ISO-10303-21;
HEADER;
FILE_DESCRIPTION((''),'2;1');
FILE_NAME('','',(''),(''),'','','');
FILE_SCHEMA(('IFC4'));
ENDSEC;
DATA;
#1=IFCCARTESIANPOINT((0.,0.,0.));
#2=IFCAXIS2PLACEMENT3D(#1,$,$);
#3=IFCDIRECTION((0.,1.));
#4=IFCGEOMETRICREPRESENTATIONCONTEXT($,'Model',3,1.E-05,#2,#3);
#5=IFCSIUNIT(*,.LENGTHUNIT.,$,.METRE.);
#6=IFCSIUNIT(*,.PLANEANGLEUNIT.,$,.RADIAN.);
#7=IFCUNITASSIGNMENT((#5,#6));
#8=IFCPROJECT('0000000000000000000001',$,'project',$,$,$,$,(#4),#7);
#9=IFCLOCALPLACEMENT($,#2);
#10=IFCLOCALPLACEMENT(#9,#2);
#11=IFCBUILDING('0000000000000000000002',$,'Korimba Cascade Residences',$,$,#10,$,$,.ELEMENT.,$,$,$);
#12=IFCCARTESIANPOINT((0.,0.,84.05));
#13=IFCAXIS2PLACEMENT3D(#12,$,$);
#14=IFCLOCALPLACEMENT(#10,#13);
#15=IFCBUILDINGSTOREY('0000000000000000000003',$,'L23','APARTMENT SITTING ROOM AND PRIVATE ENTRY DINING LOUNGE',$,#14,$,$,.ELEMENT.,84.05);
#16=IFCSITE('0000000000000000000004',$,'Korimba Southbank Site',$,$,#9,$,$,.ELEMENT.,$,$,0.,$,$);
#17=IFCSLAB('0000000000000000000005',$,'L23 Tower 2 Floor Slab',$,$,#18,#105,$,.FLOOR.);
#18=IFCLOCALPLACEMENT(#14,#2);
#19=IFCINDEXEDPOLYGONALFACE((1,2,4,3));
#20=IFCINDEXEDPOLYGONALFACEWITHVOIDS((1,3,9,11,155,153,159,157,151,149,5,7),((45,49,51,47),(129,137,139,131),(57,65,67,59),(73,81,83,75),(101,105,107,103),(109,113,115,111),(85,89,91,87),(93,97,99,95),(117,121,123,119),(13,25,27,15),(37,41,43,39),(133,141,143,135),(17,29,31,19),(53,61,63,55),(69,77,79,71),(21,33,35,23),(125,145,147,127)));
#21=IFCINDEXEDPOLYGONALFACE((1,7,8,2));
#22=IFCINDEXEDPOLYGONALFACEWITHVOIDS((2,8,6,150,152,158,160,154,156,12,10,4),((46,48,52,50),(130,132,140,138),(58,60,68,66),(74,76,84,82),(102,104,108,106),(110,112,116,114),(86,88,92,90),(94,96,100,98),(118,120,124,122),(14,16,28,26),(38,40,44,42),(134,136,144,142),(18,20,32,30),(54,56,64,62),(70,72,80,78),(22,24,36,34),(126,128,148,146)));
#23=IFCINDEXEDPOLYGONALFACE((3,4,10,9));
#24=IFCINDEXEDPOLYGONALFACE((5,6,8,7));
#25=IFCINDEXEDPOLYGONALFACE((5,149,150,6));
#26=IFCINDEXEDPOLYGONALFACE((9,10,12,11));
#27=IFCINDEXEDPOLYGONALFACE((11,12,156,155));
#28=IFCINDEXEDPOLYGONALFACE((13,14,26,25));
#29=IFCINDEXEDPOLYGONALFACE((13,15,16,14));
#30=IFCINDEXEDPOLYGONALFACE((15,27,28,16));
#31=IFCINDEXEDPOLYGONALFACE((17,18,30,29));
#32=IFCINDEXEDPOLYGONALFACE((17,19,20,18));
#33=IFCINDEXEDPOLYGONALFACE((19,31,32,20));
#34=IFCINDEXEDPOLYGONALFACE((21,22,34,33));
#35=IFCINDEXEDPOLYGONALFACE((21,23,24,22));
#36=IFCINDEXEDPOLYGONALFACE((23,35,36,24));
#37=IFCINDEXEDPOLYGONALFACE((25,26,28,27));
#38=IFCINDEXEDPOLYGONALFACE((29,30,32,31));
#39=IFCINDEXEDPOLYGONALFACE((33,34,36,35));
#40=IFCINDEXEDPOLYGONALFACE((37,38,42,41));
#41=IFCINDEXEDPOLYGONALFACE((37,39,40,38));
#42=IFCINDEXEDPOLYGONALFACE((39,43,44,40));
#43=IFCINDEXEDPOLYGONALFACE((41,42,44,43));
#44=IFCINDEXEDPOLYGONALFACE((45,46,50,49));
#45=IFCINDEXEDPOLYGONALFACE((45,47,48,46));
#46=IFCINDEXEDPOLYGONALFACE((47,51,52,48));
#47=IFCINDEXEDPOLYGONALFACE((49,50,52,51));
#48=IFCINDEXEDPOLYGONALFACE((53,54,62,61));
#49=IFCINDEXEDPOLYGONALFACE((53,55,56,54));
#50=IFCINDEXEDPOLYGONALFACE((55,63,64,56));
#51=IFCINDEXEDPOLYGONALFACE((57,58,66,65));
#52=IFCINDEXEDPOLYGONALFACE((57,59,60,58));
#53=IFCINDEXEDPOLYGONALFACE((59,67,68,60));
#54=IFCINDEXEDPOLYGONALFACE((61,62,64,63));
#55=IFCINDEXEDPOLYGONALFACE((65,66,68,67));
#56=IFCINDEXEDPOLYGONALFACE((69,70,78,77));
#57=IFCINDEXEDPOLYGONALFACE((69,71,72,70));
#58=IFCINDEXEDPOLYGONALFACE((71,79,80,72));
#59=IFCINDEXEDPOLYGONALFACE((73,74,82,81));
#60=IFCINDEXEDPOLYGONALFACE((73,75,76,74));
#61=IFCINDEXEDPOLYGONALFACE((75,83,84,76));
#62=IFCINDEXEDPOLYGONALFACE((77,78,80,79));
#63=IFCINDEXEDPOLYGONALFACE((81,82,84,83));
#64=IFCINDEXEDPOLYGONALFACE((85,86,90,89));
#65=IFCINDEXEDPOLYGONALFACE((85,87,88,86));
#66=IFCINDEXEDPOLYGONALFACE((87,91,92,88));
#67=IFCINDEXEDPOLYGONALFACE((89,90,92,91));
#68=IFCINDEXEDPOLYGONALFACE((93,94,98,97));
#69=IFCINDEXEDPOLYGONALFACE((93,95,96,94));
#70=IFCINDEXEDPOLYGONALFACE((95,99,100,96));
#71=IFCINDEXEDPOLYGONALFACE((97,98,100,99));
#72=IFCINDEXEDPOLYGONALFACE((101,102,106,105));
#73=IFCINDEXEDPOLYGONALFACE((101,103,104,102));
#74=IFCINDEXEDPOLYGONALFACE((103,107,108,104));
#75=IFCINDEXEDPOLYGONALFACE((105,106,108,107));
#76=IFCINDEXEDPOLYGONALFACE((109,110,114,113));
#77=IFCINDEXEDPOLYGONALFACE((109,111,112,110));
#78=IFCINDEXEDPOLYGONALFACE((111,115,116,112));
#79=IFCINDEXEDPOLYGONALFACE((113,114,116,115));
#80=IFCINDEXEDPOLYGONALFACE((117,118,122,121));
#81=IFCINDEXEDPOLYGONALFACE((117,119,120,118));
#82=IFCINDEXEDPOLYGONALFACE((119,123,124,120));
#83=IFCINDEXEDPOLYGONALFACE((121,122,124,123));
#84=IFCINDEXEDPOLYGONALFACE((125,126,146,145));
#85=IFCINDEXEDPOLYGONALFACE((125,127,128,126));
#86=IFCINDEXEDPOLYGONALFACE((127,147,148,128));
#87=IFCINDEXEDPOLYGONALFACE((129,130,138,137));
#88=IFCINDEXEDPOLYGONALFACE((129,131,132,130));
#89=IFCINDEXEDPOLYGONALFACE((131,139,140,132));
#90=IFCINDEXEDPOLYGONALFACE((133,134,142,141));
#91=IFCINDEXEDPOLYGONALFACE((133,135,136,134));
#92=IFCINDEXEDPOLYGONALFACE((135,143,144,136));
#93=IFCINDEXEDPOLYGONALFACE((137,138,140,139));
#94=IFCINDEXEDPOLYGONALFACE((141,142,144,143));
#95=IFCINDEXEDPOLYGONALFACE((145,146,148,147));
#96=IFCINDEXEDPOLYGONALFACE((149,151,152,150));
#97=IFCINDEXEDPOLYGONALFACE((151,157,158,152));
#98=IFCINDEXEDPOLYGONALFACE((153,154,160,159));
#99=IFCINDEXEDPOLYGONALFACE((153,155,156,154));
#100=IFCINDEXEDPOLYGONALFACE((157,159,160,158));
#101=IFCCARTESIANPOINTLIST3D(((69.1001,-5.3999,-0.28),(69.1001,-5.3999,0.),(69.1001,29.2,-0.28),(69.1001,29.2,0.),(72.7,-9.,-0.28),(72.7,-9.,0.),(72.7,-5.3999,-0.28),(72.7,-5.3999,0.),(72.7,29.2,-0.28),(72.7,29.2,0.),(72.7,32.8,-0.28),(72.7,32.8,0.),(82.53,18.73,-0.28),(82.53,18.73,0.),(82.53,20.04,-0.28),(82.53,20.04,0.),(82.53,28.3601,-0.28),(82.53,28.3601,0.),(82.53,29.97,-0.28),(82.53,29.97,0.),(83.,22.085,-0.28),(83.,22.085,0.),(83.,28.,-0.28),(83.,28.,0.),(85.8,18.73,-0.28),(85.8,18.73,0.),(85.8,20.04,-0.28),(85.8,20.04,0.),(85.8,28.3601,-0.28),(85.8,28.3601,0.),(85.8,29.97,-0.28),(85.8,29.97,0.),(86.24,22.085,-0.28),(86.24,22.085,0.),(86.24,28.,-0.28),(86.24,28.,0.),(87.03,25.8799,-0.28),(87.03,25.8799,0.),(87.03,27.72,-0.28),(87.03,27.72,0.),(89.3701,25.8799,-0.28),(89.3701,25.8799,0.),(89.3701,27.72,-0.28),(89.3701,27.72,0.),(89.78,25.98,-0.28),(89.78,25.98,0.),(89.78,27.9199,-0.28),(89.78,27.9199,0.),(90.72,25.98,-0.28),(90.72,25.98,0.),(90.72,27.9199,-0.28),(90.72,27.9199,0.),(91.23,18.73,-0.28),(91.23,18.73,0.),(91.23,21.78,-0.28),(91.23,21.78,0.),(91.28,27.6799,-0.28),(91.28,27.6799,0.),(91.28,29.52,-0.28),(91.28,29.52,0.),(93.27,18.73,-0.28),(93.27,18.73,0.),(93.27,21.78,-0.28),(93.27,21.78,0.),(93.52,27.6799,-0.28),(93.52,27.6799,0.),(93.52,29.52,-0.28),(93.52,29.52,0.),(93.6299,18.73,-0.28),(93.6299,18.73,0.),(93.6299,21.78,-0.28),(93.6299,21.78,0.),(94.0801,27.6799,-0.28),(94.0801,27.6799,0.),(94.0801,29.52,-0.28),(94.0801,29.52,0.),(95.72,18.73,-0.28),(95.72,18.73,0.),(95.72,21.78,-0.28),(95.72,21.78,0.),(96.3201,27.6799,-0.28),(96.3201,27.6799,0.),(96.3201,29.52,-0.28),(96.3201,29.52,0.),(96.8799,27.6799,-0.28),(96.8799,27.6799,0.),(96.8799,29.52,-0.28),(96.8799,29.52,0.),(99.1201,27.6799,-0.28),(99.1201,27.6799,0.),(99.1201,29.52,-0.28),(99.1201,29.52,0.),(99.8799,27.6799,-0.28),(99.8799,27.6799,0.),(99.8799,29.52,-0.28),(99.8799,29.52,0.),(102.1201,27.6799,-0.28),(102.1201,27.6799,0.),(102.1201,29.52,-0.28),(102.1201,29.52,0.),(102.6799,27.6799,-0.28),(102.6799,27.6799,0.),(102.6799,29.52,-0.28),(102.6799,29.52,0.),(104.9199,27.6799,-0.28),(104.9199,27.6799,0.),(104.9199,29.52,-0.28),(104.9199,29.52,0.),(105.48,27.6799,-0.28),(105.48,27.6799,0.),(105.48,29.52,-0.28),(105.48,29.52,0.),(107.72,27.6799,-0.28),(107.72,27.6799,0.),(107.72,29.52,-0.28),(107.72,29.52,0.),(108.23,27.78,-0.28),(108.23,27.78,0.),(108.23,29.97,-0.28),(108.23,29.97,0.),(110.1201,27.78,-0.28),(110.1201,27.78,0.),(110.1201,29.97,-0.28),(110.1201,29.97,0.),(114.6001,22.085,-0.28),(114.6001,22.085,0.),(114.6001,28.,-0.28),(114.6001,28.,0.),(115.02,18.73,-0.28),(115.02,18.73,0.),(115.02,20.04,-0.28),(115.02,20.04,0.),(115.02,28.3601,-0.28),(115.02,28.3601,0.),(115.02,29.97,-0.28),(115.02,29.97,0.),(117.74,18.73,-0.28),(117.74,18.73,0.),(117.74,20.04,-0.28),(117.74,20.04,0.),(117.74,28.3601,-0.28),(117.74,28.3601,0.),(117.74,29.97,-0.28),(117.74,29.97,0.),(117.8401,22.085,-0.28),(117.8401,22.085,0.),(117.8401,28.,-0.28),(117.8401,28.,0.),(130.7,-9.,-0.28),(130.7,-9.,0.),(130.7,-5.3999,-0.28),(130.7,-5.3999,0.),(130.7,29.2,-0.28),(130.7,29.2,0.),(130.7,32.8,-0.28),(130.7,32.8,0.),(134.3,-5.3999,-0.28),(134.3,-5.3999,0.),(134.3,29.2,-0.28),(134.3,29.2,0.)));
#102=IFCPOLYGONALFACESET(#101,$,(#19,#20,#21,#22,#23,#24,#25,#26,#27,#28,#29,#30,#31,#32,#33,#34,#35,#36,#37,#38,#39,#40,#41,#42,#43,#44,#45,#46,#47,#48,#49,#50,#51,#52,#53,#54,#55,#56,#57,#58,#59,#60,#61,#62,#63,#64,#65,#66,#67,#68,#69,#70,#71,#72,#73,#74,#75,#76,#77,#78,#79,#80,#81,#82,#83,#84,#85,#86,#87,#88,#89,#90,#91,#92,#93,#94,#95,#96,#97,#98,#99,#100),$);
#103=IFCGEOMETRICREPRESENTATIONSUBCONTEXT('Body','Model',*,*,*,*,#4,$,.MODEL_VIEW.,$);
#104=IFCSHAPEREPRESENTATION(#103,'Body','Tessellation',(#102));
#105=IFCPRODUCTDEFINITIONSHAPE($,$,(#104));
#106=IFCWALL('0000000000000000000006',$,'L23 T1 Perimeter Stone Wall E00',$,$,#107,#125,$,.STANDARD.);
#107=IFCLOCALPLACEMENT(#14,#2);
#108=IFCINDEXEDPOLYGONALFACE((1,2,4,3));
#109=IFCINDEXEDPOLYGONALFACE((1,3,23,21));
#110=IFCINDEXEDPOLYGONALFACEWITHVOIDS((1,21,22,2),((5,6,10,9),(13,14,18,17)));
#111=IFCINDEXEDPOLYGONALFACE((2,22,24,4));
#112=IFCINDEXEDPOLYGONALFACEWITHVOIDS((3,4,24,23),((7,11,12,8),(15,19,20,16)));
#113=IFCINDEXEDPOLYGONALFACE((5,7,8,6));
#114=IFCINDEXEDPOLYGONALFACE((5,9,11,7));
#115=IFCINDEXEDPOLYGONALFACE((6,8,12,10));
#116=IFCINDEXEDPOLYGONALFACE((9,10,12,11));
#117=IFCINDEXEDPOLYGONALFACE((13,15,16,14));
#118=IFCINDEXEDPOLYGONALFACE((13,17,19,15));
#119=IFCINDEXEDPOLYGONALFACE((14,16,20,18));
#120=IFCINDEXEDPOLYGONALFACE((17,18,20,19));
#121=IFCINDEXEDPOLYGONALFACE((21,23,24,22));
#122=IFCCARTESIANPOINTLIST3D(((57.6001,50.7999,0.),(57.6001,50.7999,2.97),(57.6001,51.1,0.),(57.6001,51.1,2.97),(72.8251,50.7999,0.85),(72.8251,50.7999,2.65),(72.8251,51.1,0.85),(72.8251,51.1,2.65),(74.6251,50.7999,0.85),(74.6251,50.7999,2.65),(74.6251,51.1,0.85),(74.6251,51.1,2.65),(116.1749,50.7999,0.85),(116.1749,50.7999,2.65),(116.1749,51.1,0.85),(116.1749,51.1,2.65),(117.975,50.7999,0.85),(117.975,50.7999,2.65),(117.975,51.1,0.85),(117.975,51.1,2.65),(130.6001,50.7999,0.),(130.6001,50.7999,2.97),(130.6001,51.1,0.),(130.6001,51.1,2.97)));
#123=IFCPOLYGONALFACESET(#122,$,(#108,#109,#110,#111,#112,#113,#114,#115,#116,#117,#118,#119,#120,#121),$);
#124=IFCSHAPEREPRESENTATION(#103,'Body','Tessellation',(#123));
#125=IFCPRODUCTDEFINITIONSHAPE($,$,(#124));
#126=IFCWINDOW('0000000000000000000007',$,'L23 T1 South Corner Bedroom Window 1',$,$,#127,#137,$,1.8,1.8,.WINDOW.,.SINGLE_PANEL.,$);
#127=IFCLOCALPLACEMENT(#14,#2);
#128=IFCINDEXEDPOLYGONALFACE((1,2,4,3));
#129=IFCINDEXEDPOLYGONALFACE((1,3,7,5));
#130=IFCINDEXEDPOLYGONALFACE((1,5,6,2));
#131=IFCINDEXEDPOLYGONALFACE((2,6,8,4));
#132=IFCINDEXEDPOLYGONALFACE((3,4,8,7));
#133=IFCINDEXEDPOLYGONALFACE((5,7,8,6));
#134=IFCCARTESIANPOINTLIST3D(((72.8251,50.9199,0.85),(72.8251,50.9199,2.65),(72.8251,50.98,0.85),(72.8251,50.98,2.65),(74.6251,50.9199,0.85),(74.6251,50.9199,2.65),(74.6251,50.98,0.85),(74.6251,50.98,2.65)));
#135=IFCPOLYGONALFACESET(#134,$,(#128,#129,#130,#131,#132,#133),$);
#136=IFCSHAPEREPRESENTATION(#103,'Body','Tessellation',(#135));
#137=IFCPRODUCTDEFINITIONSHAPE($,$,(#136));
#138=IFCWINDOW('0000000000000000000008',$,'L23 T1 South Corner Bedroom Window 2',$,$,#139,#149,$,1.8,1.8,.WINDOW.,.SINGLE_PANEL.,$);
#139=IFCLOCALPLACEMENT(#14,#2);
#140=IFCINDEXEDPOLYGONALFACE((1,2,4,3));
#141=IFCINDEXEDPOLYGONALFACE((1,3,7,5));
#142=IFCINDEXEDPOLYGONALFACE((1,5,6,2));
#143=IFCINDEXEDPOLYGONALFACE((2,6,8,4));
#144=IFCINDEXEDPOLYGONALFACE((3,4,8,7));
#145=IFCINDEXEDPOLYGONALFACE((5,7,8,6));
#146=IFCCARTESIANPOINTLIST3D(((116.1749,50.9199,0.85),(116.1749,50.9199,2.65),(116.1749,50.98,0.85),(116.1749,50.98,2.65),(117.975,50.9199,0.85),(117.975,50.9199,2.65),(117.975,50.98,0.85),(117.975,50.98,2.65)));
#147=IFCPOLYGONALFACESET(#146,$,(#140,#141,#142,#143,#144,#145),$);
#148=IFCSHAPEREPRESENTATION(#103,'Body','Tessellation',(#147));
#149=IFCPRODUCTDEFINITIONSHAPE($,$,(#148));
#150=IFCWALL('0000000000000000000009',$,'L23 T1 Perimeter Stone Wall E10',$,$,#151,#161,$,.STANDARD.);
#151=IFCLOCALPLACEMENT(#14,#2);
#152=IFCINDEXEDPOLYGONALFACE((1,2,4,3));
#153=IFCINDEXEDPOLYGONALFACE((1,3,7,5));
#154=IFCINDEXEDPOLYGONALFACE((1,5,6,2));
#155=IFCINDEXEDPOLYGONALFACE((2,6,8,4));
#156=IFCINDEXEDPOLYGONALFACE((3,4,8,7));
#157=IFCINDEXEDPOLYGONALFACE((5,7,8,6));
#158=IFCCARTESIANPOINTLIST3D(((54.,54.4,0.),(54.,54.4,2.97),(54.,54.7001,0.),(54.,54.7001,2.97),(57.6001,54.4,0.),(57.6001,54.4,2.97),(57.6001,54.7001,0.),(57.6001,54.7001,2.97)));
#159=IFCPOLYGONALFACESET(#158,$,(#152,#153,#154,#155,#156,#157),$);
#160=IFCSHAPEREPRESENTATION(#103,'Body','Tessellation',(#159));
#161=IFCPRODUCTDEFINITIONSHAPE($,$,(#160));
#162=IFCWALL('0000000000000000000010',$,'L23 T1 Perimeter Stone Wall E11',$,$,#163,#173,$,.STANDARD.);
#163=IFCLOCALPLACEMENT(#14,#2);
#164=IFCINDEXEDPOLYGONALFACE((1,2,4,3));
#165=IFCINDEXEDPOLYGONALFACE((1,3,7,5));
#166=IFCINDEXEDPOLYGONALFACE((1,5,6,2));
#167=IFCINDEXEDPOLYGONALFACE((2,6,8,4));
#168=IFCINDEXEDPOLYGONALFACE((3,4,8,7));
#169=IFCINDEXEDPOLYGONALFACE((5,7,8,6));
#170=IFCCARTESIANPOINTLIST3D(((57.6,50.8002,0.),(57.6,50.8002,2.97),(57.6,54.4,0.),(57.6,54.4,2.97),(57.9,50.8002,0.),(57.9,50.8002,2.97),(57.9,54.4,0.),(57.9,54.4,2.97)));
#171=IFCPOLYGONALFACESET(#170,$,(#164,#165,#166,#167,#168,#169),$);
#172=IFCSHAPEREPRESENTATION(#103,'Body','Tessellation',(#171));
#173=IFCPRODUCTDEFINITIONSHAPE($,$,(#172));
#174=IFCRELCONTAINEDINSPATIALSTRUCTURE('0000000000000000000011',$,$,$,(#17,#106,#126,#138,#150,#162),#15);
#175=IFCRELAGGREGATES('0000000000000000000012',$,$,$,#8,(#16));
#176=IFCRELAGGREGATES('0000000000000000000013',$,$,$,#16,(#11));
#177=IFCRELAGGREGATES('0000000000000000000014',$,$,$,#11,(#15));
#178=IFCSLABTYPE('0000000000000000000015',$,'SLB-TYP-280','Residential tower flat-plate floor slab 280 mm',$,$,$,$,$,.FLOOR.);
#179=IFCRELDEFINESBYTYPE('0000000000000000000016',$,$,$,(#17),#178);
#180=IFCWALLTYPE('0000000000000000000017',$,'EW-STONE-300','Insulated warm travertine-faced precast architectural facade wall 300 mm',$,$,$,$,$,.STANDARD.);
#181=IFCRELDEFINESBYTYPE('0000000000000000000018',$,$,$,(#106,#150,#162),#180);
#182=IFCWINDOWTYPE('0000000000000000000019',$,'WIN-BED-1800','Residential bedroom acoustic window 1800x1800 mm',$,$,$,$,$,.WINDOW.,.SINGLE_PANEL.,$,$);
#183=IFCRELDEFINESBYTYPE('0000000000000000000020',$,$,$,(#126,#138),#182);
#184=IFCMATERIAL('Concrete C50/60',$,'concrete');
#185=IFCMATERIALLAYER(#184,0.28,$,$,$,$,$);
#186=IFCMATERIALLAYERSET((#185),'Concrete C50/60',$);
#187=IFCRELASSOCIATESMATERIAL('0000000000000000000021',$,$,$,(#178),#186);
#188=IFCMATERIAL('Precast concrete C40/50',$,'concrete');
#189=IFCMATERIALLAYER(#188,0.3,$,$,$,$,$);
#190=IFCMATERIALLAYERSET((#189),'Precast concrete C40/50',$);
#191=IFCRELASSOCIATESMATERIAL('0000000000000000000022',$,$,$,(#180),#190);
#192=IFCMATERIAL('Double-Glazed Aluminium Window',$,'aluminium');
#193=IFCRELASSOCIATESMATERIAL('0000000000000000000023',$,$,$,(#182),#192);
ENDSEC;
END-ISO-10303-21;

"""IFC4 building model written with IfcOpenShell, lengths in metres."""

from ifc_helpers import new_model, si_unit, direction, frame, frame_2d, origin, place, context, subcontext, project, spatial, polyline, rectangle, outline, extrude, material, layer, layer_set, type_object, element, fill, save


model = new_model("IFC4")

# Units and contexts
model_context = context("Model", 3, precision=1e-05, world=origin(), true_north=direction((0.0, 1.0)))
body_context = subcontext(model_context, "Body", "Model", "MODEL_VIEW")
ifc_project = project(units=[si_unit("LENGTHUNIT", "METRE"), si_unit("PLANEANGLEUNIT", "RADIAN")], contexts=[model_context])

# Site, building, storey
site_placement = place(None, origin())
site = spatial("IfcSite", under=ifc_project, at=site_placement, Name="Korimba Southbank Site", CompositionType="ELEMENT", RefElevation=0.0)
building_placement = place(site_placement, origin())
building = spatial("IfcBuilding", under=site, at=building_placement, Name="Korimba Cascade Residences", CompositionType="ELEMENT")
storey_placement = place(building_placement, frame((0.0, 0.0, 84.05)))
storey = spatial("IfcBuildingStorey", under=building, at=storey_placement, Name="L23", Description="APARTMENT SITTING ROOM AND PRIVATE ENTRY DINING LOUNGE", CompositionType="ELEMENT", Elevation=84.05)

# Shared definitions
ifc_material_1 = material(Name="Concrete C50/60", Category="concrete")

# Slab
ifc_material_2 = material(Name="Precast concrete C40/50", Category="concrete")
ifc_layer_1 = layer(ifc_material_1, 0.28)
ifc_layer_set_1 = layer_set([ifc_layer_1], Name="Concrete C50/60")
slab_type_1 = type_object("IfcSlabType", Name="SLB-TYP-280", Description="Residential tower flat-plate floor slab 280 mm", PredefinedType="FLOOR", material=ifc_layer_set_1)
slab_1_placement = place(storey_placement, frame((0.0, 0.0, -0.28)))
element("IfcSlab", 1, at=slab_1_placement, inside=storey, type_object=slab_type_1, Name="L23 Tower 2 Floor Slab", PredefinedType="FLOOR", context=body_context, shape_type="SweptSolid", body=[
    extrude(outline(polyline([(72.7, -9.0), (130.7, -9.0), (130.7, -5.3999), (134.3, -5.3999), (134.3, 29.2), (130.7, 29.2), (130.7, 32.8), (72.7, 32.8), (72.7, 29.2), (69.1001, 29.2), (69.1001, -5.3999), (72.7, -5.3999), (72.7, -9.0)]), holes=[polyline([(86.24, 22.085), (86.24, 28.0), (83.0, 28.0), (83.0, 22.085), (86.24, 22.085)]), polyline([(117.8401, 22.085), (117.8401, 28.0), (114.6001, 28.0), (114.6001, 22.085), (117.8401, 22.085)]), polyline([(87.03, 25.8799), (89.3701, 25.8799), (89.3701, 27.72), (87.03, 27.72), (87.03, 25.8799)]), polyline([(91.28, 27.6799), (93.52, 27.6799), (93.52, 29.52), (91.28, 29.52), (91.28, 27.6799)]), polyline([(94.0801, 27.6799), (96.3201, 27.6799), (96.3201, 29.52), (94.0801, 29.52), (94.0801, 27.6799)]), polyline([(96.8799, 27.6799), (99.1201, 27.6799), (99.1201, 29.52), (96.8799, 29.52), (96.8799, 27.6799)]), polyline([(99.8799, 27.6799), (102.1201, 27.6799), (102.1201, 29.52), (99.8799, 29.52), (99.8799, 27.6799)]), polyline([(102.6799, 27.6799), (104.9199, 27.6799), (104.9199, 29.52), (102.6799, 29.52), (102.6799, 27.6799)]), polyline([(105.48, 27.6799), (107.72, 27.6799), (107.72, 29.52), (105.48, 29.52), (105.48, 27.6799)]), polyline([(89.78, 25.98), (90.72, 25.98), (90.72, 27.9199), (89.78, 27.9199), (89.78, 25.98)]), polyline([(82.53, 18.73), (85.8, 18.73), (85.8, 20.04), (82.53, 20.04), (82.53, 18.73)]), polyline([(82.53, 28.3601), (85.8, 28.3601), (85.8, 29.97), (82.53, 29.97), (82.53, 28.3601)]), polyline([(108.23, 27.78), (110.1201, 27.78), (110.1201, 29.97), (108.23, 29.97), (108.23, 27.78)]), polyline([(91.23, 18.73), (93.27, 18.73), (93.27, 21.78), (91.23, 21.78), (91.23, 18.73)]), polyline([(93.6299, 18.73), (95.72, 18.73), (95.72, 21.78), (93.6299, 21.78), (93.6299, 18.73)]), polyline([(115.02, 18.73), (117.74, 18.73), (117.74, 20.04), (115.02, 20.04), (115.02, 18.73)]), polyline([(115.02, 28.3601), (117.74, 28.3601), (117.74, 29.97), (115.02, 29.97), (115.02, 28.3601)])]), origin(), (0.0, 0.0, 1.0), 0.28),
])

# Wall, openings, windows
ifc_layer_2 = layer(ifc_material_2, 0.3)
ifc_layer_set_2 = layer_set([ifc_layer_2], Name="Precast concrete C40/50")
wall_type_1 = type_object("IfcWallType", Name="EW-STONE-300", Description="Insulated warm travertine-faced precast architectural facade wall 300 mm", PredefinedType="STANDARD", material=ifc_layer_set_2)
wall_1_placement = place(storey_placement, frame((57.6001, 50.95, 0.0), z_axis=(0.0, 0.0, 1.0), x_axis=(1.0, 0.0, 0.0)))
wall_1 = element("IfcWall", 2, at=wall_1_placement, inside=storey, type_object=wall_type_1, Name="L23 T1 Perimeter Stone Wall E00", PredefinedType="STANDARD", context=body_context, shape_type="SweptSolid", body=[
    extrude(rectangle(XDim=73.0, YDim=0.3, at=frame_2d((36.5, 0.0))), origin(), (0.0, 0.0, 1.0), 2.97),
])
opening_1_placement = place(wall_1_placement, frame((15.2251, 0.0, 0.8501)))
opening_1 = element("IfcOpeningElement", 3, at=opening_1_placement, cuts=wall_1, PredefinedType="OPENING", context=body_context, shape_type="SweptSolid", body=[
    extrude(rectangle(XDim=1.8, YDim=1.8, at=frame_2d((0.8999, 0.8999))), frame((0.0, 0.1602, 0.0), z_axis=(0.0, -1.0, 0.0), x_axis=(1.0, 0.0, 0.0)), (0.0, 0.0, 1.0), 0.3201),
])
opening_2_placement = place(wall_1_placement, frame((58.575, 0.0, 0.8501)))
opening_2 = element("IfcOpeningElement", 4, at=opening_2_placement, cuts=wall_1, PredefinedType="OPENING", context=body_context, shape_type="SweptSolid", body=[
    extrude(rectangle(XDim=1.8, YDim=1.8, at=frame_2d((0.8999, 0.8999))), frame((0.0, 0.1602, 0.0), z_axis=(0.0, -1.0, 0.0), x_axis=(1.0, 0.0, 0.0)), (0.0, 0.0, 1.0), 0.3201),
])
ifc_material_3 = material(Name="Double-Glazed Aluminium Window", Category="aluminium")
window_type = type_object("IfcWindowType", Name="WIN-BED-1800", Description="Residential bedroom acoustic window 1800x1800 mm", PartitioningType="SINGLE_PANEL", PredefinedType="WINDOW", material=ifc_material_3)
window_1_placement = place(opening_1_placement, origin())
window_1 = element("IfcWindow", 5, at=window_1_placement, inside=storey, type_object=window_type, Name="L23 T1 South Corner Bedroom Window 1", OverallHeight=1.8, OverallWidth=1.8, PartitioningType="SINGLE_PANEL", PredefinedType="WINDOW", context=body_context, shape_type="SweptSolid", body=[
    extrude(rectangle(XDim=1.8, YDim=1.8, at=frame_2d((0.8999, 0.8999))), frame((0.0, 0.03, 0.0), z_axis=(0.0, -1.0, 0.0), x_axis=(1.0, 0.0, 0.0)), (0.0, 0.0, 1.0), 0.0601),
])
fill(opening_1, window_1)
window_2_placement = place(opening_2_placement, origin())
window_2 = element("IfcWindow", 6, at=window_2_placement, inside=storey, type_object=window_type, Name="L23 T1 South Corner Bedroom Window 2", OverallHeight=1.8, OverallWidth=1.8, PartitioningType="SINGLE_PANEL", PredefinedType="WINDOW", context=body_context, shape_type="SweptSolid", body=[
    extrude(rectangle(XDim=1.8, YDim=1.8, at=frame_2d((0.8999, 0.8999))), frame((0.0, 0.03, 0.0), z_axis=(0.0, -1.0, 0.0), x_axis=(1.0, 0.0, 0.0)), (0.0, 0.0, 1.0), 0.0601),
])
fill(opening_2, window_2)

# Walls
wall_2_placement = place(storey_placement, frame((54.0, 54.55, 0.0), z_axis=(0.0, 0.0, 1.0), x_axis=(1.0, 0.0, 0.0)))
element("IfcWall", 7, at=wall_2_placement, inside=storey, type_object=wall_type_1, Name="L23 T1 Perimeter Stone Wall E10", PredefinedType="STANDARD", context=body_context, shape_type="SweptSolid", body=[
    extrude(rectangle(XDim=3.6001, YDim=0.3, at=frame_2d((1.8, 0.0))), origin(), (0.0, 0.0, 1.0), 2.97),
])
wall_3_placement = place(storey_placement, frame((57.75, 54.3999, 0.0), z_axis=(0.0, 0.0, 1.0), x_axis=(0.0, -1.0, 0.0)))
element("IfcWall", 8, at=wall_3_placement, inside=storey, type_object=wall_type_1, Name="L23 T1 Perimeter Stone Wall E11", PredefinedType="STANDARD", context=body_context, shape_type="SweptSolid", body=[
    extrude(rectangle(XDim=3.5999, YDim=0.3, at=frame_2d((1.7998, 0.0))), origin(), (0.0, 0.0, 1.0), 2.97),
])

save(model, "model.ifc")
